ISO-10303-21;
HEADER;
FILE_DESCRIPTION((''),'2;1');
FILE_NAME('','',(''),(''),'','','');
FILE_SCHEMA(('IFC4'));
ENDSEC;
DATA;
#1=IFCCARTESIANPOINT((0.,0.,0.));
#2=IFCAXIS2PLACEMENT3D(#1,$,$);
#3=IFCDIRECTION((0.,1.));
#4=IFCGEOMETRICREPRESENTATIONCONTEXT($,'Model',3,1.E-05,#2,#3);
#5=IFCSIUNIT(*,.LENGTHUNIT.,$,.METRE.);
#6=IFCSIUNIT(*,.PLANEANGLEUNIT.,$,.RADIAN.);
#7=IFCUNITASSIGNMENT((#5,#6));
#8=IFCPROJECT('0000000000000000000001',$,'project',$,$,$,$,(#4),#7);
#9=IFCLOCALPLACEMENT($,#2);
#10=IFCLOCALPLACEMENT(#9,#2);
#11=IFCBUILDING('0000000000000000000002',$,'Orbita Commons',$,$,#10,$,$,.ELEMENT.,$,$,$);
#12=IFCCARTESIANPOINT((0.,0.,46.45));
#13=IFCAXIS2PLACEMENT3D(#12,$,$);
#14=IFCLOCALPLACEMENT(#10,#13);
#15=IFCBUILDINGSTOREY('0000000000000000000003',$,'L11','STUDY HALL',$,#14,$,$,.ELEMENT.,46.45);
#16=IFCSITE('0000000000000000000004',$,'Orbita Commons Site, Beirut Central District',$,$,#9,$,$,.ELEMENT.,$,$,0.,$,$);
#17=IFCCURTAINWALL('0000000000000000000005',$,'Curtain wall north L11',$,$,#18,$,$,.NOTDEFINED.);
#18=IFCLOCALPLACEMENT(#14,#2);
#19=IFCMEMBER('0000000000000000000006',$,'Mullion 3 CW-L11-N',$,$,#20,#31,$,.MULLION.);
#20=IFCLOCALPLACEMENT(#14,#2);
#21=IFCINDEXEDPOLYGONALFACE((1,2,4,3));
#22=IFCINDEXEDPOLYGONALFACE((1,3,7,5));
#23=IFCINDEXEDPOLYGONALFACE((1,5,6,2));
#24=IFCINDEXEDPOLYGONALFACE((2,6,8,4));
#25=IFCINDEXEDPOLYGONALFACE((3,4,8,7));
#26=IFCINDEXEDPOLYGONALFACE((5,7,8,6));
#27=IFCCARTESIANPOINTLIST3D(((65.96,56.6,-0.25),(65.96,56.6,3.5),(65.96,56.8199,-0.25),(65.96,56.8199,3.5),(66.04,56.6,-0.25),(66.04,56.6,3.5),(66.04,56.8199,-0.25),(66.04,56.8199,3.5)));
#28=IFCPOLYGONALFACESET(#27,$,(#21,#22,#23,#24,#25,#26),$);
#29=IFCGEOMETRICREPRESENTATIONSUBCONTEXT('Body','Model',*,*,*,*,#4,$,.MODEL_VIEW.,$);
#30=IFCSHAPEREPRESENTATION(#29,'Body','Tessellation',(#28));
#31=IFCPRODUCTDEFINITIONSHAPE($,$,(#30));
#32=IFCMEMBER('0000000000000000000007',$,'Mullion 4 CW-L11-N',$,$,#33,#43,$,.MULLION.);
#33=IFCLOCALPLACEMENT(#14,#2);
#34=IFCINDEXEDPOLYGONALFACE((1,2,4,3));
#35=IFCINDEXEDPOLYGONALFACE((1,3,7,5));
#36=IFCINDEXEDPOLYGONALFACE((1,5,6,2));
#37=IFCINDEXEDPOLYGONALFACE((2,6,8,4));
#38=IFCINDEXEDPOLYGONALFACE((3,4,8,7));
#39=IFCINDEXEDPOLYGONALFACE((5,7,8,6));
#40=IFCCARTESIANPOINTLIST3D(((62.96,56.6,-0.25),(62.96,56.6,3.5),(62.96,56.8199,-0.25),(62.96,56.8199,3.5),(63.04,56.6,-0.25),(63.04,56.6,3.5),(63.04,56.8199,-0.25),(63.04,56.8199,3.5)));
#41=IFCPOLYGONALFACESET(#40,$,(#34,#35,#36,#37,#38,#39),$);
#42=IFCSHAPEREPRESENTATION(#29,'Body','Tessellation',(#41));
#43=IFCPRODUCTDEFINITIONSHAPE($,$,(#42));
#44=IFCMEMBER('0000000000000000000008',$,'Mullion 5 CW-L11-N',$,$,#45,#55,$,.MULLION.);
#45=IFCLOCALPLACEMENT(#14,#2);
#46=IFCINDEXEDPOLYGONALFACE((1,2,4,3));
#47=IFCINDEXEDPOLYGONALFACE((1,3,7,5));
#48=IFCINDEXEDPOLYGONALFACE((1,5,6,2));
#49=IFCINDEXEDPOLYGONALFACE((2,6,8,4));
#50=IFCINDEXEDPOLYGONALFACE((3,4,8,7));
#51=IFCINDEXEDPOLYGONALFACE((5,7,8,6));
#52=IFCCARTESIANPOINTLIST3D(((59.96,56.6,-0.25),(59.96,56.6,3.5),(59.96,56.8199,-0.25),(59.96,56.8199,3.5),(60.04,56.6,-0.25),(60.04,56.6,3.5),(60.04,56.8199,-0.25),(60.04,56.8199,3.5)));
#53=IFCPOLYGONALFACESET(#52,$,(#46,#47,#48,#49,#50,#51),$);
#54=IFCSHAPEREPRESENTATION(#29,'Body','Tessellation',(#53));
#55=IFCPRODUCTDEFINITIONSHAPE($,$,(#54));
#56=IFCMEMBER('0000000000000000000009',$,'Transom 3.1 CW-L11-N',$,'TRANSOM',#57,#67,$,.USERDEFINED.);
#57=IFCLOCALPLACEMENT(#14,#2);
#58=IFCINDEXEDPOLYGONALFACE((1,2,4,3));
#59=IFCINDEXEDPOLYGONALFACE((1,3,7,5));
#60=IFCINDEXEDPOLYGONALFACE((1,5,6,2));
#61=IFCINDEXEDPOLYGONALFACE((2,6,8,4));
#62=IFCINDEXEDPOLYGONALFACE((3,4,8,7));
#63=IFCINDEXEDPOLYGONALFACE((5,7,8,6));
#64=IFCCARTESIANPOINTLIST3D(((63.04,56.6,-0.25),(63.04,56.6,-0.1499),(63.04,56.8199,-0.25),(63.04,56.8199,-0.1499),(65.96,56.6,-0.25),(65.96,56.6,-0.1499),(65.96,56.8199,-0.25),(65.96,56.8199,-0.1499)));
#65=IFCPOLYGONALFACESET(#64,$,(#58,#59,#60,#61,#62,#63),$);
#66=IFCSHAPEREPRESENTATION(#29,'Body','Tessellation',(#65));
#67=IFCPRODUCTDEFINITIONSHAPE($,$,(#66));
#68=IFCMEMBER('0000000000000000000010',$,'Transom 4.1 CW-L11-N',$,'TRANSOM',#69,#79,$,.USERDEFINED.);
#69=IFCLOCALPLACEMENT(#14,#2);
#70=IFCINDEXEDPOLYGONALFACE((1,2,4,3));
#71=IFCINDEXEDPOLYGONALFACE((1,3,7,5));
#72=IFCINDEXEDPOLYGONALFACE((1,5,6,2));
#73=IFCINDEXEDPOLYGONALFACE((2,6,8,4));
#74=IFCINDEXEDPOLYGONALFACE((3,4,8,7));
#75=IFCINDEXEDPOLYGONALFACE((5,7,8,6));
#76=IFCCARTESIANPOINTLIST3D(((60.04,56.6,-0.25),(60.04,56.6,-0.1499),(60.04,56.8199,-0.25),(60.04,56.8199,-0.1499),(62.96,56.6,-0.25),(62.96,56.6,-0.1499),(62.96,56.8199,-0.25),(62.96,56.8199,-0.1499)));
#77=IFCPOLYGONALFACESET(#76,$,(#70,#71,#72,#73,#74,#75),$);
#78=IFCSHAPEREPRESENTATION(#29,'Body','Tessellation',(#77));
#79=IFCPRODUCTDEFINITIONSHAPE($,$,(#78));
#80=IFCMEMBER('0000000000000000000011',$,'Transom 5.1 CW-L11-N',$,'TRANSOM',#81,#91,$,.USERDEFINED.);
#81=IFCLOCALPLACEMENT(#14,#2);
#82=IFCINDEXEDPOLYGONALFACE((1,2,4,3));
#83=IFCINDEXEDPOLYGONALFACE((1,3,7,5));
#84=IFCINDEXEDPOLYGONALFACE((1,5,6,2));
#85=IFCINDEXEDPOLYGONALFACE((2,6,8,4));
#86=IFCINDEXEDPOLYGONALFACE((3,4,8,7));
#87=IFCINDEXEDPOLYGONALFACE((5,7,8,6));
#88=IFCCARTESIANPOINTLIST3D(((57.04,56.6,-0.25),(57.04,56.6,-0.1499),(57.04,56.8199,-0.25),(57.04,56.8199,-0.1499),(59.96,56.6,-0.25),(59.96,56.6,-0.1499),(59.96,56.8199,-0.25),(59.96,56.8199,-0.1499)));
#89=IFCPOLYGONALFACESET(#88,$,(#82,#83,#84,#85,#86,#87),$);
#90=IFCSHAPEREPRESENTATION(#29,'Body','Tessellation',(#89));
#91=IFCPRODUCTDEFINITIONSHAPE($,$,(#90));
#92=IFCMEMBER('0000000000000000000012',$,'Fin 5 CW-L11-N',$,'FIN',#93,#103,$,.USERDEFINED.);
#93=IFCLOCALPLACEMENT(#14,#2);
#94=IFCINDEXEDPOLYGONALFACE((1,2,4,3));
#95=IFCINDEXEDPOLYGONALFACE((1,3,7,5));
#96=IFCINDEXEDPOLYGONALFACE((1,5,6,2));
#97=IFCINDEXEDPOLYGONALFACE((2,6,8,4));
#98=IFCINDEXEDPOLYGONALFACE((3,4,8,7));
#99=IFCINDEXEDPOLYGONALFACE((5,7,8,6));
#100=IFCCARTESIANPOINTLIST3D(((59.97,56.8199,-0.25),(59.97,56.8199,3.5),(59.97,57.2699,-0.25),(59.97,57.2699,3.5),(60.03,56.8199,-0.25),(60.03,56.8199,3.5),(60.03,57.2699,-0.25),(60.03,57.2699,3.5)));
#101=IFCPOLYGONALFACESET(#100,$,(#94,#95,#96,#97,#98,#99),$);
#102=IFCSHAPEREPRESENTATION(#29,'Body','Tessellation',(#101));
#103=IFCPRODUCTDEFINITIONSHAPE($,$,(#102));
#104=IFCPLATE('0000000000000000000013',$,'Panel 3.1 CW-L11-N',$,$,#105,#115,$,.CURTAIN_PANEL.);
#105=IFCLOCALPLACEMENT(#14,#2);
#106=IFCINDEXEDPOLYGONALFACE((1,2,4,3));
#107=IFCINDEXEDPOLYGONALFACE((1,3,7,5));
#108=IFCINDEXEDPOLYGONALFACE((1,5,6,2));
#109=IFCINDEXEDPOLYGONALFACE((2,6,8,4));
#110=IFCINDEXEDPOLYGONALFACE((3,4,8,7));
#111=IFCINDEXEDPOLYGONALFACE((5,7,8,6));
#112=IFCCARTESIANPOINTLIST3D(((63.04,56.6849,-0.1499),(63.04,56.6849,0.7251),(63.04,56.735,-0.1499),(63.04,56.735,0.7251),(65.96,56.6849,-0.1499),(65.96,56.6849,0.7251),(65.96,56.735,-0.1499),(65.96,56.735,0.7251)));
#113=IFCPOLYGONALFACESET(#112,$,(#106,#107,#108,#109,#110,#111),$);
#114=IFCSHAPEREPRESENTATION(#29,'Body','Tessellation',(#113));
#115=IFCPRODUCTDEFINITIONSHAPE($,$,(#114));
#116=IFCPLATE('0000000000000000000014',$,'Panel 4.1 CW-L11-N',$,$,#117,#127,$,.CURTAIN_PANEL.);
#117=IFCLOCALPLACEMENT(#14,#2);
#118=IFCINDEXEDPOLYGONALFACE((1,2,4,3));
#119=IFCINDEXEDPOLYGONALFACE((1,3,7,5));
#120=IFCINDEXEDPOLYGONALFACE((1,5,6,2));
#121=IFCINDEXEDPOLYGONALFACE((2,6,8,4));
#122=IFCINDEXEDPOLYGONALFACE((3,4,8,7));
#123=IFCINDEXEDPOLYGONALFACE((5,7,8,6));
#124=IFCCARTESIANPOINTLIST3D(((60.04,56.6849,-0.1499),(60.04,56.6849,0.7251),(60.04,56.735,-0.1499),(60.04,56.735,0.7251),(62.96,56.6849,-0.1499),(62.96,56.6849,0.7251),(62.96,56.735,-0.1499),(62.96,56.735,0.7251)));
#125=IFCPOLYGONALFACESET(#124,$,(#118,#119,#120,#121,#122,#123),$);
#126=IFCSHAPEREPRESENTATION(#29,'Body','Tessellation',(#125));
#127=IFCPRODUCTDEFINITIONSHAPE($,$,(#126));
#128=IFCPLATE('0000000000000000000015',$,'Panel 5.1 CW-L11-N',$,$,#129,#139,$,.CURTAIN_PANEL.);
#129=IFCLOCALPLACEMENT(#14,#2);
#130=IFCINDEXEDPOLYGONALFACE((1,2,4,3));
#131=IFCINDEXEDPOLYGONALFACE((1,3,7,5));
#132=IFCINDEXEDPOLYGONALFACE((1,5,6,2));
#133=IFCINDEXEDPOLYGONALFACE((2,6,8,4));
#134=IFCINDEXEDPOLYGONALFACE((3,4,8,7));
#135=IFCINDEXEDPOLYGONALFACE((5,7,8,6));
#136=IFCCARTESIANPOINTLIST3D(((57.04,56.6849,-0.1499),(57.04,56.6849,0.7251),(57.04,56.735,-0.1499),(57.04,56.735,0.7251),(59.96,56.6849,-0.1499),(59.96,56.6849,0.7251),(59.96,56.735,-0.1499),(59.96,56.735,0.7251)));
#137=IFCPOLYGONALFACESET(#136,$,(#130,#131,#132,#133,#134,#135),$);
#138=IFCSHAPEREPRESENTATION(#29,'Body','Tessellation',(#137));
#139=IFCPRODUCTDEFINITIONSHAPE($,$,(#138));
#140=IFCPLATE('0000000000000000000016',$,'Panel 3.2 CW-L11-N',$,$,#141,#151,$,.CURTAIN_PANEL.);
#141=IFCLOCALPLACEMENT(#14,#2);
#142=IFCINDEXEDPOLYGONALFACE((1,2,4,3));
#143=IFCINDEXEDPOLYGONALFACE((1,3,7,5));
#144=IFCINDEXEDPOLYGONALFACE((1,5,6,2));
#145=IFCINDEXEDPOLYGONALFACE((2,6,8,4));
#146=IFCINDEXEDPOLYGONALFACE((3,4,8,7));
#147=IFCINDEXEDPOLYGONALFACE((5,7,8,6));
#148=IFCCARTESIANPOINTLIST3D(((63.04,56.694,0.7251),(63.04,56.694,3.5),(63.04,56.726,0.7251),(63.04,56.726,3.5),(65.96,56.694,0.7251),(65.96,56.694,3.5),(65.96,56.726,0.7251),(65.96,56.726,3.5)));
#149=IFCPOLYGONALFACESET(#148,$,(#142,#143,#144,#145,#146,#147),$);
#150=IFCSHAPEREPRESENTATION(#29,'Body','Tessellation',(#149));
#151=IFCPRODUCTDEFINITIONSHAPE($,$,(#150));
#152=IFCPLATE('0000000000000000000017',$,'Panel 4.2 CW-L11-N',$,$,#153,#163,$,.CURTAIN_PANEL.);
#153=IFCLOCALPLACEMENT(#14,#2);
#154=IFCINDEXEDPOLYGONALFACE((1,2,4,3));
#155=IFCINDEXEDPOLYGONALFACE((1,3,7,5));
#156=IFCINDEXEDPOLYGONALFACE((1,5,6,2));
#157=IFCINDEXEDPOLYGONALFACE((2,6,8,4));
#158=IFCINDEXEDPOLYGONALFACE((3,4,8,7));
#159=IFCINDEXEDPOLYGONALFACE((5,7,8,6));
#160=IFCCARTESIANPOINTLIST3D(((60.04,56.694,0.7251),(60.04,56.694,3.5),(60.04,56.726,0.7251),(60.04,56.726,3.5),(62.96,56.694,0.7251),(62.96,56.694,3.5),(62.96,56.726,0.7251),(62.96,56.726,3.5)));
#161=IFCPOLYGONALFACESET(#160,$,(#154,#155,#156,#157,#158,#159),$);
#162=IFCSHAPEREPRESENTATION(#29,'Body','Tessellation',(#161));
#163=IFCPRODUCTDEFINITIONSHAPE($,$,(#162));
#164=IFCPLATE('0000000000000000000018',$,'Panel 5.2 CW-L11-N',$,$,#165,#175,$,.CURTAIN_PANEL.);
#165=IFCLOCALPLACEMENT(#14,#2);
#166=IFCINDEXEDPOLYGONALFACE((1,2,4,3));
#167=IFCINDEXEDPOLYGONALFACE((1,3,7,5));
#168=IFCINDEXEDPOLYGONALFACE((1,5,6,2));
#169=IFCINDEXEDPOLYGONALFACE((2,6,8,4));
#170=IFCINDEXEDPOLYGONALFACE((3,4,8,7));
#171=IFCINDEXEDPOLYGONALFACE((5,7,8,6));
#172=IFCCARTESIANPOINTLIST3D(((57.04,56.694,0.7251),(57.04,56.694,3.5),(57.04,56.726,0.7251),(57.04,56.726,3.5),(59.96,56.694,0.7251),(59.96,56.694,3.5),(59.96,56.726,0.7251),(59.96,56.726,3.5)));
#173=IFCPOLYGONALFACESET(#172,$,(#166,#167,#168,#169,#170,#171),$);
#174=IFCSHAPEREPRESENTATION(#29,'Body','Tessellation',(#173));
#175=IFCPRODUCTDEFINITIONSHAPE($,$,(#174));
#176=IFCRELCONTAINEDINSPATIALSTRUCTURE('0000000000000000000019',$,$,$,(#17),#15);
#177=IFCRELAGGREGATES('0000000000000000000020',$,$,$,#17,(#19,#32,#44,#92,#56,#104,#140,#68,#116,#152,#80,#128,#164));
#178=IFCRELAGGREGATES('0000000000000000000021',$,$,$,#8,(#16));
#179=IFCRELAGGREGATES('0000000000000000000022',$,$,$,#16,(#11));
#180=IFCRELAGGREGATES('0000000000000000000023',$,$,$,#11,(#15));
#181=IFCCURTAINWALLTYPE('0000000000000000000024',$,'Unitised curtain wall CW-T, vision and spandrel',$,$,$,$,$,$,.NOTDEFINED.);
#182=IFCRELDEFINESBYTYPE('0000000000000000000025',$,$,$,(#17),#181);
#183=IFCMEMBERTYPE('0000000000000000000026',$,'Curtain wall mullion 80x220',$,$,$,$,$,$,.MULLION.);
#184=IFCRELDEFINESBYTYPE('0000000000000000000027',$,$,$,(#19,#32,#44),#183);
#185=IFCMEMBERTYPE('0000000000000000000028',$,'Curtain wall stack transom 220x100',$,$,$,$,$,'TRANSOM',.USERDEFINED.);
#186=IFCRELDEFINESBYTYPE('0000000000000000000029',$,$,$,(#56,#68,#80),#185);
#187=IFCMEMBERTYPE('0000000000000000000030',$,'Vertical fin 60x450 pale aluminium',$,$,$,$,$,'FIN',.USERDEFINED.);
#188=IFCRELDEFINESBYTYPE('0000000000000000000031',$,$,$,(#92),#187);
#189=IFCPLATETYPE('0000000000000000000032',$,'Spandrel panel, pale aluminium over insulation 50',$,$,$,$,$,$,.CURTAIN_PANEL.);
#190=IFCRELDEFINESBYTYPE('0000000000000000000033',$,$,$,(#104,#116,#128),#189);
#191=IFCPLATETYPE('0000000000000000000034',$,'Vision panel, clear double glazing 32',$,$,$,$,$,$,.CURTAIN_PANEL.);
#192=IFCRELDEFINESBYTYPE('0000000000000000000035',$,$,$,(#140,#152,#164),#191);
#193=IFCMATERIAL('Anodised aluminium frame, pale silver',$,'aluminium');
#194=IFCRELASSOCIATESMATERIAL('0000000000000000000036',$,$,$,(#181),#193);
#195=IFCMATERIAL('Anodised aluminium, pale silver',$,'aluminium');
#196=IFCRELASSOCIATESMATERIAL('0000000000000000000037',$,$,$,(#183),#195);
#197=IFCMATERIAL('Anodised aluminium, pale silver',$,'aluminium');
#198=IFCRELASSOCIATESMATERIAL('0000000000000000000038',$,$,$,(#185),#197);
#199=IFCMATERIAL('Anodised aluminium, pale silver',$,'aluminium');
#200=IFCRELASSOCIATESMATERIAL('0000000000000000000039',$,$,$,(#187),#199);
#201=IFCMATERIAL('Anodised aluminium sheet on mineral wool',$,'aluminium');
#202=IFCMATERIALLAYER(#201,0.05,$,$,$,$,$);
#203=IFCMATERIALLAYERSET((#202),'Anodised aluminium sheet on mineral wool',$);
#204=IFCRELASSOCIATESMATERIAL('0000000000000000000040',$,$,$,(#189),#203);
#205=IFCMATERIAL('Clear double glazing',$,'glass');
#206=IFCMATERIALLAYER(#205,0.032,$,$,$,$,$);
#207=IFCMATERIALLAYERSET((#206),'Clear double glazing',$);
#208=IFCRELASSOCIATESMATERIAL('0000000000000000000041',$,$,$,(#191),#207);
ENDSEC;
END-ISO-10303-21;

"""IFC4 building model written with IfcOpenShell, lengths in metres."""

from ifc_helpers import new_model, si_unit, direction, frame, origin, origin_2d, place, context, subcontext, project, spatial, rectangle, extrude, material, layer, layer_set, material_profile, profile_set, type_object, element, aggregate, save


model = new_model("IFC4")

# Units and contexts
model_context = context("Model", 3, precision=1e-05, world=origin(), true_north=direction((0.0, 1.0)))
body_context = subcontext(model_context, "Body", "Model", "MODEL_VIEW")
ifc_project = project(units=[si_unit("LENGTHUNIT", "METRE"), si_unit("PLANEANGLEUNIT", "RADIAN")], contexts=[model_context])

# Site, building, storey
site_placement = place(None, origin())
site = spatial("IfcSite", under=ifc_project, at=site_placement, Name="Orbita Commons Site, Beirut Central District", CompositionType="ELEMENT", RefElevation=0.0)
building_placement = place(site_placement, origin())
building = spatial("IfcBuilding", under=site, at=building_placement, Name="Orbita Commons", CompositionType="ELEMENT")
storey_placement = place(building_placement, frame((0.0, 0.0, 46.45)))
storey = spatial("IfcBuildingStorey", under=building, at=storey_placement, Name="L11", Description="STUDY HALL", CompositionType="ELEMENT", Elevation=46.45)

# Curtain wall, members, plates
ifc_material_1 = material(Name="Anodised aluminium frame, pale silver", Category="aluminium")
curtain_wall_type = type_object("IfcCurtainWallType", Name="Unitised curtain wall CW-T, vision and spandrel", PredefinedType="NOTDEFINED", material=ifc_material_1)
curtain_wall_placement = place(storey_placement, origin())
curtain_wall = element("IfcCurtainWall", 1, at=curtain_wall_placement, inside=storey, type_object=curtain_wall_type, Name="Curtain wall north L11", PredefinedType="NOTDEFINED")
ifc_material_2 = material(Name="Anodised aluminium, pale silver", Category="aluminium")
ifc_material_profile_1 = material_profile(ifc_material_2, rectangle(XDim=0.0801, YDim=0.22, at=origin_2d()), Name="AL 80x220")
ifc_profile_set_1 = profile_set([ifc_material_profile_1], Name="Anodised aluminium, pale silver")
member_type_1 = type_object("IfcMemberType", Name="Curtain wall mullion 80x220", PredefinedType="MULLION", material=ifc_profile_set_1)
member_1_placement = place(storey_placement, frame((66.0, 56.71, -0.25), z_axis=(0.0, 0.0, 1.0), x_axis=(-1.0, 0.0, 0.0)))
member_1 = element("IfcMember", 2, at=member_1_placement, type_object=member_type_1, Name="Mullion 3 CW-L11-N", PredefinedType="MULLION", context=body_context, shape_type="SweptSolid", body=[
    extrude(rectangle(XDim=0.0801, YDim=0.22, at=origin_2d()), origin(), (0.0, 0.0, 1.0), 3.75),
])
member_2_placement = place(storey_placement, frame((63.0, 56.71, -0.25), z_axis=(0.0, 0.0, 1.0), x_axis=(-1.0, 0.0, 0.0)))
member_2 = element("IfcMember", 3, at=member_2_placement, type_object=member_type_1, Name="Mullion 4 CW-L11-N", PredefinedType="MULLION", context=body_context, shape_type="SweptSolid", body=[
    extrude(rectangle(XDim=0.0801, YDim=0.22, at=origin_2d()), origin(), (0.0, 0.0, 1.0), 3.75),
])
member_3_placement = place(storey_placement, frame((60.0, 56.71, -0.25), z_axis=(0.0, 0.0, 1.0), x_axis=(-1.0, 0.0, 0.0)))
member_3 = element("IfcMember", 4, at=member_3_placement, type_object=member_type_1, Name="Mullion 5 CW-L11-N", PredefinedType="MULLION", context=body_context, shape_type="SweptSolid", body=[
    extrude(rectangle(XDim=0.0801, YDim=0.22, at=origin_2d()), origin(), (0.0, 0.0, 1.0), 3.75),
])
ifc_material_3 = material(Name="Anodised aluminium, pale silver", Category="aluminium")
ifc_material_profile_2 = material_profile(ifc_material_3, rectangle(XDim=0.22, YDim=0.1001, at=origin_2d()), Name="AL 220x100")
ifc_profile_set_2 = profile_set([ifc_material_profile_2], Name="Anodised aluminium, pale silver")
member_type_2 = type_object("IfcMemberType", Name="Curtain wall stack transom 220x100", ElementType="TRANSOM", PredefinedType="USERDEFINED", material=ifc_profile_set_2)
member_4_placement = place(storey_placement, frame((65.96, 56.71, -0.2), z_axis=(-1.0, 0.0, 0.0), x_axis=(0.0, -1.0, 0.0)))
member_4 = element("IfcMember", 5, at=member_4_placement, type_object=member_type_2, Name="Transom 3.1 CW-L11-N", ObjectType="TRANSOM", PredefinedType="USERDEFINED", context=body_context, shape_type="SweptSolid", body=[
    extrude(rectangle(XDim=0.22, YDim=0.1001, at=origin_2d()), origin(), (0.0, 0.0, 1.0), 2.9199),
])
member_5_placement = place(storey_placement, frame((62.96, 56.71, -0.2), z_axis=(-1.0, 0.0, 0.0), x_axis=(0.0, -1.0, 0.0)))
member_5 = element("IfcMember", 6, at=member_5_placement, type_object=member_type_2, Name="Transom 4.1 CW-L11-N", ObjectType="TRANSOM", PredefinedType="USERDEFINED", context=body_context, shape_type="SweptSolid", body=[
    extrude(rectangle(XDim=0.22, YDim=0.1001, at=origin_2d()), origin(), (0.0, 0.0, 1.0), 2.9199),
])
member_6_placement = place(storey_placement, frame((59.96, 56.71, -0.2), z_axis=(-1.0, 0.0, 0.0), x_axis=(0.0, -1.0, 0.0)))
member_6 = element("IfcMember", 7, at=member_6_placement, type_object=member_type_2, Name="Transom 5.1 CW-L11-N", ObjectType="TRANSOM", PredefinedType="USERDEFINED", context=body_context, shape_type="SweptSolid", body=[
    extrude(rectangle(XDim=0.22, YDim=0.1001, at=origin_2d()), origin(), (0.0, 0.0, 1.0), 2.9199),
])
ifc_material_4 = material(Name="Anodised aluminium, pale silver", Category="aluminium")
ifc_material_profile_3 = material_profile(ifc_material_4, rectangle(XDim=0.0601, YDim=0.45, at=origin_2d()), Name="FIN 60x450")
ifc_profile_set_3 = profile_set([ifc_material_profile_3], Name="Anodised aluminium, pale silver")
member_type_3 = type_object("IfcMemberType", Name="Vertical fin 60x450 pale aluminium", ElementType="FIN", PredefinedType="USERDEFINED", material=ifc_profile_set_3)
member_7_placement = place(storey_placement, frame((60.0, 57.0449, -0.25), z_axis=(0.0, 0.0, 1.0), x_axis=(-1.0, 0.0, 0.0)))
member_7 = element("IfcMember", 8, at=member_7_placement, type_object=member_type_3, Name="Fin 5 CW-L11-N", ObjectType="FIN", PredefinedType="USERDEFINED", context=body_context, shape_type="SweptSolid", body=[
    extrude(rectangle(XDim=0.0601, YDim=0.45, at=origin_2d()), origin(), (0.0, 0.0, 1.0), 3.75),
])
ifc_material_5 = material(Name="Anodised aluminium sheet on mineral wool", Category="aluminium")
ifc_layer_1 = layer(ifc_material_5, 0.05)
ifc_layer_set_1 = layer_set([ifc_layer_1], Name="Anodised aluminium sheet on mineral wool")
plate_type_1 = type_object("IfcPlateType", Name="Spandrel panel, pale aluminium over insulation 50", PredefinedType="CURTAIN_PANEL", material=ifc_layer_set_1)
plate_1_placement = place(storey_placement, frame((64.5, 56.71, -0.1499), z_axis=(0.0, 0.0, 1.0), x_axis=(-1.0, 0.0, 0.0)))
plate_1 = element("IfcPlate", 9, at=plate_1_placement, type_object=plate_type_1, Name="Panel 3.1 CW-L11-N", PredefinedType="CURTAIN_PANEL", context=body_context, shape_type="SweptSolid", body=[
    extrude(rectangle(XDim=2.9199, YDim=0.05, at=origin_2d()), origin(), (0.0, 0.0, 1.0), 0.875),
])
plate_2_placement = place(storey_placement, frame((61.5, 56.71, -0.1499), z_axis=(0.0, 0.0, 1.0), x_axis=(-1.0, 0.0, 0.0)))
plate_2 = element("IfcPlate", 10, at=plate_2_placement, type_object=plate_type_1, Name="Panel 4.1 CW-L11-N", PredefinedType="CURTAIN_PANEL", context=body_context, shape_type="SweptSolid", body=[
    extrude(rectangle(XDim=2.9199, YDim=0.05, at=origin_2d()), origin(), (0.0, 0.0, 1.0), 0.875),
])
plate_3_placement = place(storey_placement, frame((58.5, 56.71, -0.1499), z_axis=(0.0, 0.0, 1.0), x_axis=(-1.0, 0.0, 0.0)))
plate_3 = element("IfcPlate", 11, at=plate_3_placement, type_object=plate_type_1, Name="Panel 5.1 CW-L11-N", PredefinedType="CURTAIN_PANEL", context=body_context, shape_type="SweptSolid", body=[
    extrude(rectangle(XDim=2.9199, YDim=0.05, at=origin_2d()), origin(), (0.0, 0.0, 1.0), 0.875),
])
ifc_material_6 = material(Name="Clear double glazing", Category="glass")
ifc_layer_2 = layer(ifc_material_6, 0.032)
ifc_layer_set_2 = layer_set([ifc_layer_2], Name="Clear double glazing")
plate_type_2 = type_object("IfcPlateType", Name="Vision panel, clear double glazing 32", PredefinedType="CURTAIN_PANEL", material=ifc_layer_set_2)
plate_4_placement = place(storey_placement, frame((64.5, 56.71, 0.7251), z_axis=(0.0, 0.0, 1.0), x_axis=(-1.0, 0.0, 0.0)))
plate_4 = element("IfcPlate", 12, at=plate_4_placement, type_object=plate_type_2, Name="Panel 3.2 CW-L11-N", PredefinedType="CURTAIN_PANEL", context=body_context, shape_type="SweptSolid", body=[
    extrude(rectangle(XDim=2.9199, YDim=0.032, at=origin_2d()), origin(), (0.0, 0.0, 1.0), 2.7749),
])
plate_5_placement = place(storey_placement, frame((61.5, 56.71, 0.7251), z_axis=(0.0, 0.0, 1.0), x_axis=(-1.0, 0.0, 0.0)))
plate_5 = element("IfcPlate", 13, at=plate_5_placement, type_object=plate_type_2, Name="Panel 4.2 CW-L11-N", PredefinedType="CURTAIN_PANEL", context=body_context, shape_type="SweptSolid", body=[
    extrude(rectangle(XDim=2.9199, YDim=0.032, at=origin_2d()), origin(), (0.0, 0.0, 1.0), 2.7749),
])
plate_6_placement = place(storey_placement, frame((58.5, 56.71, 0.7251), z_axis=(0.0, 0.0, 1.0), x_axis=(-1.0, 0.0, 0.0)))
plate_6 = element("IfcPlate", 14, at=plate_6_placement, type_object=plate_type_2, Name="Panel 5.2 CW-L11-N", PredefinedType="CURTAIN_PANEL", context=body_context, shape_type="SweptSolid", body=[
    extrude(rectangle(XDim=2.9199, YDim=0.032, at=origin_2d()), origin(), (0.0, 0.0, 1.0), 2.7749),
])
aggregate(curtain_wall, [member_1, member_2, member_3, member_7, member_4, plate_1, plate_4, member_5, plate_2, plate_5, member_6, plate_3, plate_6])

save(model, "model.ifc")
